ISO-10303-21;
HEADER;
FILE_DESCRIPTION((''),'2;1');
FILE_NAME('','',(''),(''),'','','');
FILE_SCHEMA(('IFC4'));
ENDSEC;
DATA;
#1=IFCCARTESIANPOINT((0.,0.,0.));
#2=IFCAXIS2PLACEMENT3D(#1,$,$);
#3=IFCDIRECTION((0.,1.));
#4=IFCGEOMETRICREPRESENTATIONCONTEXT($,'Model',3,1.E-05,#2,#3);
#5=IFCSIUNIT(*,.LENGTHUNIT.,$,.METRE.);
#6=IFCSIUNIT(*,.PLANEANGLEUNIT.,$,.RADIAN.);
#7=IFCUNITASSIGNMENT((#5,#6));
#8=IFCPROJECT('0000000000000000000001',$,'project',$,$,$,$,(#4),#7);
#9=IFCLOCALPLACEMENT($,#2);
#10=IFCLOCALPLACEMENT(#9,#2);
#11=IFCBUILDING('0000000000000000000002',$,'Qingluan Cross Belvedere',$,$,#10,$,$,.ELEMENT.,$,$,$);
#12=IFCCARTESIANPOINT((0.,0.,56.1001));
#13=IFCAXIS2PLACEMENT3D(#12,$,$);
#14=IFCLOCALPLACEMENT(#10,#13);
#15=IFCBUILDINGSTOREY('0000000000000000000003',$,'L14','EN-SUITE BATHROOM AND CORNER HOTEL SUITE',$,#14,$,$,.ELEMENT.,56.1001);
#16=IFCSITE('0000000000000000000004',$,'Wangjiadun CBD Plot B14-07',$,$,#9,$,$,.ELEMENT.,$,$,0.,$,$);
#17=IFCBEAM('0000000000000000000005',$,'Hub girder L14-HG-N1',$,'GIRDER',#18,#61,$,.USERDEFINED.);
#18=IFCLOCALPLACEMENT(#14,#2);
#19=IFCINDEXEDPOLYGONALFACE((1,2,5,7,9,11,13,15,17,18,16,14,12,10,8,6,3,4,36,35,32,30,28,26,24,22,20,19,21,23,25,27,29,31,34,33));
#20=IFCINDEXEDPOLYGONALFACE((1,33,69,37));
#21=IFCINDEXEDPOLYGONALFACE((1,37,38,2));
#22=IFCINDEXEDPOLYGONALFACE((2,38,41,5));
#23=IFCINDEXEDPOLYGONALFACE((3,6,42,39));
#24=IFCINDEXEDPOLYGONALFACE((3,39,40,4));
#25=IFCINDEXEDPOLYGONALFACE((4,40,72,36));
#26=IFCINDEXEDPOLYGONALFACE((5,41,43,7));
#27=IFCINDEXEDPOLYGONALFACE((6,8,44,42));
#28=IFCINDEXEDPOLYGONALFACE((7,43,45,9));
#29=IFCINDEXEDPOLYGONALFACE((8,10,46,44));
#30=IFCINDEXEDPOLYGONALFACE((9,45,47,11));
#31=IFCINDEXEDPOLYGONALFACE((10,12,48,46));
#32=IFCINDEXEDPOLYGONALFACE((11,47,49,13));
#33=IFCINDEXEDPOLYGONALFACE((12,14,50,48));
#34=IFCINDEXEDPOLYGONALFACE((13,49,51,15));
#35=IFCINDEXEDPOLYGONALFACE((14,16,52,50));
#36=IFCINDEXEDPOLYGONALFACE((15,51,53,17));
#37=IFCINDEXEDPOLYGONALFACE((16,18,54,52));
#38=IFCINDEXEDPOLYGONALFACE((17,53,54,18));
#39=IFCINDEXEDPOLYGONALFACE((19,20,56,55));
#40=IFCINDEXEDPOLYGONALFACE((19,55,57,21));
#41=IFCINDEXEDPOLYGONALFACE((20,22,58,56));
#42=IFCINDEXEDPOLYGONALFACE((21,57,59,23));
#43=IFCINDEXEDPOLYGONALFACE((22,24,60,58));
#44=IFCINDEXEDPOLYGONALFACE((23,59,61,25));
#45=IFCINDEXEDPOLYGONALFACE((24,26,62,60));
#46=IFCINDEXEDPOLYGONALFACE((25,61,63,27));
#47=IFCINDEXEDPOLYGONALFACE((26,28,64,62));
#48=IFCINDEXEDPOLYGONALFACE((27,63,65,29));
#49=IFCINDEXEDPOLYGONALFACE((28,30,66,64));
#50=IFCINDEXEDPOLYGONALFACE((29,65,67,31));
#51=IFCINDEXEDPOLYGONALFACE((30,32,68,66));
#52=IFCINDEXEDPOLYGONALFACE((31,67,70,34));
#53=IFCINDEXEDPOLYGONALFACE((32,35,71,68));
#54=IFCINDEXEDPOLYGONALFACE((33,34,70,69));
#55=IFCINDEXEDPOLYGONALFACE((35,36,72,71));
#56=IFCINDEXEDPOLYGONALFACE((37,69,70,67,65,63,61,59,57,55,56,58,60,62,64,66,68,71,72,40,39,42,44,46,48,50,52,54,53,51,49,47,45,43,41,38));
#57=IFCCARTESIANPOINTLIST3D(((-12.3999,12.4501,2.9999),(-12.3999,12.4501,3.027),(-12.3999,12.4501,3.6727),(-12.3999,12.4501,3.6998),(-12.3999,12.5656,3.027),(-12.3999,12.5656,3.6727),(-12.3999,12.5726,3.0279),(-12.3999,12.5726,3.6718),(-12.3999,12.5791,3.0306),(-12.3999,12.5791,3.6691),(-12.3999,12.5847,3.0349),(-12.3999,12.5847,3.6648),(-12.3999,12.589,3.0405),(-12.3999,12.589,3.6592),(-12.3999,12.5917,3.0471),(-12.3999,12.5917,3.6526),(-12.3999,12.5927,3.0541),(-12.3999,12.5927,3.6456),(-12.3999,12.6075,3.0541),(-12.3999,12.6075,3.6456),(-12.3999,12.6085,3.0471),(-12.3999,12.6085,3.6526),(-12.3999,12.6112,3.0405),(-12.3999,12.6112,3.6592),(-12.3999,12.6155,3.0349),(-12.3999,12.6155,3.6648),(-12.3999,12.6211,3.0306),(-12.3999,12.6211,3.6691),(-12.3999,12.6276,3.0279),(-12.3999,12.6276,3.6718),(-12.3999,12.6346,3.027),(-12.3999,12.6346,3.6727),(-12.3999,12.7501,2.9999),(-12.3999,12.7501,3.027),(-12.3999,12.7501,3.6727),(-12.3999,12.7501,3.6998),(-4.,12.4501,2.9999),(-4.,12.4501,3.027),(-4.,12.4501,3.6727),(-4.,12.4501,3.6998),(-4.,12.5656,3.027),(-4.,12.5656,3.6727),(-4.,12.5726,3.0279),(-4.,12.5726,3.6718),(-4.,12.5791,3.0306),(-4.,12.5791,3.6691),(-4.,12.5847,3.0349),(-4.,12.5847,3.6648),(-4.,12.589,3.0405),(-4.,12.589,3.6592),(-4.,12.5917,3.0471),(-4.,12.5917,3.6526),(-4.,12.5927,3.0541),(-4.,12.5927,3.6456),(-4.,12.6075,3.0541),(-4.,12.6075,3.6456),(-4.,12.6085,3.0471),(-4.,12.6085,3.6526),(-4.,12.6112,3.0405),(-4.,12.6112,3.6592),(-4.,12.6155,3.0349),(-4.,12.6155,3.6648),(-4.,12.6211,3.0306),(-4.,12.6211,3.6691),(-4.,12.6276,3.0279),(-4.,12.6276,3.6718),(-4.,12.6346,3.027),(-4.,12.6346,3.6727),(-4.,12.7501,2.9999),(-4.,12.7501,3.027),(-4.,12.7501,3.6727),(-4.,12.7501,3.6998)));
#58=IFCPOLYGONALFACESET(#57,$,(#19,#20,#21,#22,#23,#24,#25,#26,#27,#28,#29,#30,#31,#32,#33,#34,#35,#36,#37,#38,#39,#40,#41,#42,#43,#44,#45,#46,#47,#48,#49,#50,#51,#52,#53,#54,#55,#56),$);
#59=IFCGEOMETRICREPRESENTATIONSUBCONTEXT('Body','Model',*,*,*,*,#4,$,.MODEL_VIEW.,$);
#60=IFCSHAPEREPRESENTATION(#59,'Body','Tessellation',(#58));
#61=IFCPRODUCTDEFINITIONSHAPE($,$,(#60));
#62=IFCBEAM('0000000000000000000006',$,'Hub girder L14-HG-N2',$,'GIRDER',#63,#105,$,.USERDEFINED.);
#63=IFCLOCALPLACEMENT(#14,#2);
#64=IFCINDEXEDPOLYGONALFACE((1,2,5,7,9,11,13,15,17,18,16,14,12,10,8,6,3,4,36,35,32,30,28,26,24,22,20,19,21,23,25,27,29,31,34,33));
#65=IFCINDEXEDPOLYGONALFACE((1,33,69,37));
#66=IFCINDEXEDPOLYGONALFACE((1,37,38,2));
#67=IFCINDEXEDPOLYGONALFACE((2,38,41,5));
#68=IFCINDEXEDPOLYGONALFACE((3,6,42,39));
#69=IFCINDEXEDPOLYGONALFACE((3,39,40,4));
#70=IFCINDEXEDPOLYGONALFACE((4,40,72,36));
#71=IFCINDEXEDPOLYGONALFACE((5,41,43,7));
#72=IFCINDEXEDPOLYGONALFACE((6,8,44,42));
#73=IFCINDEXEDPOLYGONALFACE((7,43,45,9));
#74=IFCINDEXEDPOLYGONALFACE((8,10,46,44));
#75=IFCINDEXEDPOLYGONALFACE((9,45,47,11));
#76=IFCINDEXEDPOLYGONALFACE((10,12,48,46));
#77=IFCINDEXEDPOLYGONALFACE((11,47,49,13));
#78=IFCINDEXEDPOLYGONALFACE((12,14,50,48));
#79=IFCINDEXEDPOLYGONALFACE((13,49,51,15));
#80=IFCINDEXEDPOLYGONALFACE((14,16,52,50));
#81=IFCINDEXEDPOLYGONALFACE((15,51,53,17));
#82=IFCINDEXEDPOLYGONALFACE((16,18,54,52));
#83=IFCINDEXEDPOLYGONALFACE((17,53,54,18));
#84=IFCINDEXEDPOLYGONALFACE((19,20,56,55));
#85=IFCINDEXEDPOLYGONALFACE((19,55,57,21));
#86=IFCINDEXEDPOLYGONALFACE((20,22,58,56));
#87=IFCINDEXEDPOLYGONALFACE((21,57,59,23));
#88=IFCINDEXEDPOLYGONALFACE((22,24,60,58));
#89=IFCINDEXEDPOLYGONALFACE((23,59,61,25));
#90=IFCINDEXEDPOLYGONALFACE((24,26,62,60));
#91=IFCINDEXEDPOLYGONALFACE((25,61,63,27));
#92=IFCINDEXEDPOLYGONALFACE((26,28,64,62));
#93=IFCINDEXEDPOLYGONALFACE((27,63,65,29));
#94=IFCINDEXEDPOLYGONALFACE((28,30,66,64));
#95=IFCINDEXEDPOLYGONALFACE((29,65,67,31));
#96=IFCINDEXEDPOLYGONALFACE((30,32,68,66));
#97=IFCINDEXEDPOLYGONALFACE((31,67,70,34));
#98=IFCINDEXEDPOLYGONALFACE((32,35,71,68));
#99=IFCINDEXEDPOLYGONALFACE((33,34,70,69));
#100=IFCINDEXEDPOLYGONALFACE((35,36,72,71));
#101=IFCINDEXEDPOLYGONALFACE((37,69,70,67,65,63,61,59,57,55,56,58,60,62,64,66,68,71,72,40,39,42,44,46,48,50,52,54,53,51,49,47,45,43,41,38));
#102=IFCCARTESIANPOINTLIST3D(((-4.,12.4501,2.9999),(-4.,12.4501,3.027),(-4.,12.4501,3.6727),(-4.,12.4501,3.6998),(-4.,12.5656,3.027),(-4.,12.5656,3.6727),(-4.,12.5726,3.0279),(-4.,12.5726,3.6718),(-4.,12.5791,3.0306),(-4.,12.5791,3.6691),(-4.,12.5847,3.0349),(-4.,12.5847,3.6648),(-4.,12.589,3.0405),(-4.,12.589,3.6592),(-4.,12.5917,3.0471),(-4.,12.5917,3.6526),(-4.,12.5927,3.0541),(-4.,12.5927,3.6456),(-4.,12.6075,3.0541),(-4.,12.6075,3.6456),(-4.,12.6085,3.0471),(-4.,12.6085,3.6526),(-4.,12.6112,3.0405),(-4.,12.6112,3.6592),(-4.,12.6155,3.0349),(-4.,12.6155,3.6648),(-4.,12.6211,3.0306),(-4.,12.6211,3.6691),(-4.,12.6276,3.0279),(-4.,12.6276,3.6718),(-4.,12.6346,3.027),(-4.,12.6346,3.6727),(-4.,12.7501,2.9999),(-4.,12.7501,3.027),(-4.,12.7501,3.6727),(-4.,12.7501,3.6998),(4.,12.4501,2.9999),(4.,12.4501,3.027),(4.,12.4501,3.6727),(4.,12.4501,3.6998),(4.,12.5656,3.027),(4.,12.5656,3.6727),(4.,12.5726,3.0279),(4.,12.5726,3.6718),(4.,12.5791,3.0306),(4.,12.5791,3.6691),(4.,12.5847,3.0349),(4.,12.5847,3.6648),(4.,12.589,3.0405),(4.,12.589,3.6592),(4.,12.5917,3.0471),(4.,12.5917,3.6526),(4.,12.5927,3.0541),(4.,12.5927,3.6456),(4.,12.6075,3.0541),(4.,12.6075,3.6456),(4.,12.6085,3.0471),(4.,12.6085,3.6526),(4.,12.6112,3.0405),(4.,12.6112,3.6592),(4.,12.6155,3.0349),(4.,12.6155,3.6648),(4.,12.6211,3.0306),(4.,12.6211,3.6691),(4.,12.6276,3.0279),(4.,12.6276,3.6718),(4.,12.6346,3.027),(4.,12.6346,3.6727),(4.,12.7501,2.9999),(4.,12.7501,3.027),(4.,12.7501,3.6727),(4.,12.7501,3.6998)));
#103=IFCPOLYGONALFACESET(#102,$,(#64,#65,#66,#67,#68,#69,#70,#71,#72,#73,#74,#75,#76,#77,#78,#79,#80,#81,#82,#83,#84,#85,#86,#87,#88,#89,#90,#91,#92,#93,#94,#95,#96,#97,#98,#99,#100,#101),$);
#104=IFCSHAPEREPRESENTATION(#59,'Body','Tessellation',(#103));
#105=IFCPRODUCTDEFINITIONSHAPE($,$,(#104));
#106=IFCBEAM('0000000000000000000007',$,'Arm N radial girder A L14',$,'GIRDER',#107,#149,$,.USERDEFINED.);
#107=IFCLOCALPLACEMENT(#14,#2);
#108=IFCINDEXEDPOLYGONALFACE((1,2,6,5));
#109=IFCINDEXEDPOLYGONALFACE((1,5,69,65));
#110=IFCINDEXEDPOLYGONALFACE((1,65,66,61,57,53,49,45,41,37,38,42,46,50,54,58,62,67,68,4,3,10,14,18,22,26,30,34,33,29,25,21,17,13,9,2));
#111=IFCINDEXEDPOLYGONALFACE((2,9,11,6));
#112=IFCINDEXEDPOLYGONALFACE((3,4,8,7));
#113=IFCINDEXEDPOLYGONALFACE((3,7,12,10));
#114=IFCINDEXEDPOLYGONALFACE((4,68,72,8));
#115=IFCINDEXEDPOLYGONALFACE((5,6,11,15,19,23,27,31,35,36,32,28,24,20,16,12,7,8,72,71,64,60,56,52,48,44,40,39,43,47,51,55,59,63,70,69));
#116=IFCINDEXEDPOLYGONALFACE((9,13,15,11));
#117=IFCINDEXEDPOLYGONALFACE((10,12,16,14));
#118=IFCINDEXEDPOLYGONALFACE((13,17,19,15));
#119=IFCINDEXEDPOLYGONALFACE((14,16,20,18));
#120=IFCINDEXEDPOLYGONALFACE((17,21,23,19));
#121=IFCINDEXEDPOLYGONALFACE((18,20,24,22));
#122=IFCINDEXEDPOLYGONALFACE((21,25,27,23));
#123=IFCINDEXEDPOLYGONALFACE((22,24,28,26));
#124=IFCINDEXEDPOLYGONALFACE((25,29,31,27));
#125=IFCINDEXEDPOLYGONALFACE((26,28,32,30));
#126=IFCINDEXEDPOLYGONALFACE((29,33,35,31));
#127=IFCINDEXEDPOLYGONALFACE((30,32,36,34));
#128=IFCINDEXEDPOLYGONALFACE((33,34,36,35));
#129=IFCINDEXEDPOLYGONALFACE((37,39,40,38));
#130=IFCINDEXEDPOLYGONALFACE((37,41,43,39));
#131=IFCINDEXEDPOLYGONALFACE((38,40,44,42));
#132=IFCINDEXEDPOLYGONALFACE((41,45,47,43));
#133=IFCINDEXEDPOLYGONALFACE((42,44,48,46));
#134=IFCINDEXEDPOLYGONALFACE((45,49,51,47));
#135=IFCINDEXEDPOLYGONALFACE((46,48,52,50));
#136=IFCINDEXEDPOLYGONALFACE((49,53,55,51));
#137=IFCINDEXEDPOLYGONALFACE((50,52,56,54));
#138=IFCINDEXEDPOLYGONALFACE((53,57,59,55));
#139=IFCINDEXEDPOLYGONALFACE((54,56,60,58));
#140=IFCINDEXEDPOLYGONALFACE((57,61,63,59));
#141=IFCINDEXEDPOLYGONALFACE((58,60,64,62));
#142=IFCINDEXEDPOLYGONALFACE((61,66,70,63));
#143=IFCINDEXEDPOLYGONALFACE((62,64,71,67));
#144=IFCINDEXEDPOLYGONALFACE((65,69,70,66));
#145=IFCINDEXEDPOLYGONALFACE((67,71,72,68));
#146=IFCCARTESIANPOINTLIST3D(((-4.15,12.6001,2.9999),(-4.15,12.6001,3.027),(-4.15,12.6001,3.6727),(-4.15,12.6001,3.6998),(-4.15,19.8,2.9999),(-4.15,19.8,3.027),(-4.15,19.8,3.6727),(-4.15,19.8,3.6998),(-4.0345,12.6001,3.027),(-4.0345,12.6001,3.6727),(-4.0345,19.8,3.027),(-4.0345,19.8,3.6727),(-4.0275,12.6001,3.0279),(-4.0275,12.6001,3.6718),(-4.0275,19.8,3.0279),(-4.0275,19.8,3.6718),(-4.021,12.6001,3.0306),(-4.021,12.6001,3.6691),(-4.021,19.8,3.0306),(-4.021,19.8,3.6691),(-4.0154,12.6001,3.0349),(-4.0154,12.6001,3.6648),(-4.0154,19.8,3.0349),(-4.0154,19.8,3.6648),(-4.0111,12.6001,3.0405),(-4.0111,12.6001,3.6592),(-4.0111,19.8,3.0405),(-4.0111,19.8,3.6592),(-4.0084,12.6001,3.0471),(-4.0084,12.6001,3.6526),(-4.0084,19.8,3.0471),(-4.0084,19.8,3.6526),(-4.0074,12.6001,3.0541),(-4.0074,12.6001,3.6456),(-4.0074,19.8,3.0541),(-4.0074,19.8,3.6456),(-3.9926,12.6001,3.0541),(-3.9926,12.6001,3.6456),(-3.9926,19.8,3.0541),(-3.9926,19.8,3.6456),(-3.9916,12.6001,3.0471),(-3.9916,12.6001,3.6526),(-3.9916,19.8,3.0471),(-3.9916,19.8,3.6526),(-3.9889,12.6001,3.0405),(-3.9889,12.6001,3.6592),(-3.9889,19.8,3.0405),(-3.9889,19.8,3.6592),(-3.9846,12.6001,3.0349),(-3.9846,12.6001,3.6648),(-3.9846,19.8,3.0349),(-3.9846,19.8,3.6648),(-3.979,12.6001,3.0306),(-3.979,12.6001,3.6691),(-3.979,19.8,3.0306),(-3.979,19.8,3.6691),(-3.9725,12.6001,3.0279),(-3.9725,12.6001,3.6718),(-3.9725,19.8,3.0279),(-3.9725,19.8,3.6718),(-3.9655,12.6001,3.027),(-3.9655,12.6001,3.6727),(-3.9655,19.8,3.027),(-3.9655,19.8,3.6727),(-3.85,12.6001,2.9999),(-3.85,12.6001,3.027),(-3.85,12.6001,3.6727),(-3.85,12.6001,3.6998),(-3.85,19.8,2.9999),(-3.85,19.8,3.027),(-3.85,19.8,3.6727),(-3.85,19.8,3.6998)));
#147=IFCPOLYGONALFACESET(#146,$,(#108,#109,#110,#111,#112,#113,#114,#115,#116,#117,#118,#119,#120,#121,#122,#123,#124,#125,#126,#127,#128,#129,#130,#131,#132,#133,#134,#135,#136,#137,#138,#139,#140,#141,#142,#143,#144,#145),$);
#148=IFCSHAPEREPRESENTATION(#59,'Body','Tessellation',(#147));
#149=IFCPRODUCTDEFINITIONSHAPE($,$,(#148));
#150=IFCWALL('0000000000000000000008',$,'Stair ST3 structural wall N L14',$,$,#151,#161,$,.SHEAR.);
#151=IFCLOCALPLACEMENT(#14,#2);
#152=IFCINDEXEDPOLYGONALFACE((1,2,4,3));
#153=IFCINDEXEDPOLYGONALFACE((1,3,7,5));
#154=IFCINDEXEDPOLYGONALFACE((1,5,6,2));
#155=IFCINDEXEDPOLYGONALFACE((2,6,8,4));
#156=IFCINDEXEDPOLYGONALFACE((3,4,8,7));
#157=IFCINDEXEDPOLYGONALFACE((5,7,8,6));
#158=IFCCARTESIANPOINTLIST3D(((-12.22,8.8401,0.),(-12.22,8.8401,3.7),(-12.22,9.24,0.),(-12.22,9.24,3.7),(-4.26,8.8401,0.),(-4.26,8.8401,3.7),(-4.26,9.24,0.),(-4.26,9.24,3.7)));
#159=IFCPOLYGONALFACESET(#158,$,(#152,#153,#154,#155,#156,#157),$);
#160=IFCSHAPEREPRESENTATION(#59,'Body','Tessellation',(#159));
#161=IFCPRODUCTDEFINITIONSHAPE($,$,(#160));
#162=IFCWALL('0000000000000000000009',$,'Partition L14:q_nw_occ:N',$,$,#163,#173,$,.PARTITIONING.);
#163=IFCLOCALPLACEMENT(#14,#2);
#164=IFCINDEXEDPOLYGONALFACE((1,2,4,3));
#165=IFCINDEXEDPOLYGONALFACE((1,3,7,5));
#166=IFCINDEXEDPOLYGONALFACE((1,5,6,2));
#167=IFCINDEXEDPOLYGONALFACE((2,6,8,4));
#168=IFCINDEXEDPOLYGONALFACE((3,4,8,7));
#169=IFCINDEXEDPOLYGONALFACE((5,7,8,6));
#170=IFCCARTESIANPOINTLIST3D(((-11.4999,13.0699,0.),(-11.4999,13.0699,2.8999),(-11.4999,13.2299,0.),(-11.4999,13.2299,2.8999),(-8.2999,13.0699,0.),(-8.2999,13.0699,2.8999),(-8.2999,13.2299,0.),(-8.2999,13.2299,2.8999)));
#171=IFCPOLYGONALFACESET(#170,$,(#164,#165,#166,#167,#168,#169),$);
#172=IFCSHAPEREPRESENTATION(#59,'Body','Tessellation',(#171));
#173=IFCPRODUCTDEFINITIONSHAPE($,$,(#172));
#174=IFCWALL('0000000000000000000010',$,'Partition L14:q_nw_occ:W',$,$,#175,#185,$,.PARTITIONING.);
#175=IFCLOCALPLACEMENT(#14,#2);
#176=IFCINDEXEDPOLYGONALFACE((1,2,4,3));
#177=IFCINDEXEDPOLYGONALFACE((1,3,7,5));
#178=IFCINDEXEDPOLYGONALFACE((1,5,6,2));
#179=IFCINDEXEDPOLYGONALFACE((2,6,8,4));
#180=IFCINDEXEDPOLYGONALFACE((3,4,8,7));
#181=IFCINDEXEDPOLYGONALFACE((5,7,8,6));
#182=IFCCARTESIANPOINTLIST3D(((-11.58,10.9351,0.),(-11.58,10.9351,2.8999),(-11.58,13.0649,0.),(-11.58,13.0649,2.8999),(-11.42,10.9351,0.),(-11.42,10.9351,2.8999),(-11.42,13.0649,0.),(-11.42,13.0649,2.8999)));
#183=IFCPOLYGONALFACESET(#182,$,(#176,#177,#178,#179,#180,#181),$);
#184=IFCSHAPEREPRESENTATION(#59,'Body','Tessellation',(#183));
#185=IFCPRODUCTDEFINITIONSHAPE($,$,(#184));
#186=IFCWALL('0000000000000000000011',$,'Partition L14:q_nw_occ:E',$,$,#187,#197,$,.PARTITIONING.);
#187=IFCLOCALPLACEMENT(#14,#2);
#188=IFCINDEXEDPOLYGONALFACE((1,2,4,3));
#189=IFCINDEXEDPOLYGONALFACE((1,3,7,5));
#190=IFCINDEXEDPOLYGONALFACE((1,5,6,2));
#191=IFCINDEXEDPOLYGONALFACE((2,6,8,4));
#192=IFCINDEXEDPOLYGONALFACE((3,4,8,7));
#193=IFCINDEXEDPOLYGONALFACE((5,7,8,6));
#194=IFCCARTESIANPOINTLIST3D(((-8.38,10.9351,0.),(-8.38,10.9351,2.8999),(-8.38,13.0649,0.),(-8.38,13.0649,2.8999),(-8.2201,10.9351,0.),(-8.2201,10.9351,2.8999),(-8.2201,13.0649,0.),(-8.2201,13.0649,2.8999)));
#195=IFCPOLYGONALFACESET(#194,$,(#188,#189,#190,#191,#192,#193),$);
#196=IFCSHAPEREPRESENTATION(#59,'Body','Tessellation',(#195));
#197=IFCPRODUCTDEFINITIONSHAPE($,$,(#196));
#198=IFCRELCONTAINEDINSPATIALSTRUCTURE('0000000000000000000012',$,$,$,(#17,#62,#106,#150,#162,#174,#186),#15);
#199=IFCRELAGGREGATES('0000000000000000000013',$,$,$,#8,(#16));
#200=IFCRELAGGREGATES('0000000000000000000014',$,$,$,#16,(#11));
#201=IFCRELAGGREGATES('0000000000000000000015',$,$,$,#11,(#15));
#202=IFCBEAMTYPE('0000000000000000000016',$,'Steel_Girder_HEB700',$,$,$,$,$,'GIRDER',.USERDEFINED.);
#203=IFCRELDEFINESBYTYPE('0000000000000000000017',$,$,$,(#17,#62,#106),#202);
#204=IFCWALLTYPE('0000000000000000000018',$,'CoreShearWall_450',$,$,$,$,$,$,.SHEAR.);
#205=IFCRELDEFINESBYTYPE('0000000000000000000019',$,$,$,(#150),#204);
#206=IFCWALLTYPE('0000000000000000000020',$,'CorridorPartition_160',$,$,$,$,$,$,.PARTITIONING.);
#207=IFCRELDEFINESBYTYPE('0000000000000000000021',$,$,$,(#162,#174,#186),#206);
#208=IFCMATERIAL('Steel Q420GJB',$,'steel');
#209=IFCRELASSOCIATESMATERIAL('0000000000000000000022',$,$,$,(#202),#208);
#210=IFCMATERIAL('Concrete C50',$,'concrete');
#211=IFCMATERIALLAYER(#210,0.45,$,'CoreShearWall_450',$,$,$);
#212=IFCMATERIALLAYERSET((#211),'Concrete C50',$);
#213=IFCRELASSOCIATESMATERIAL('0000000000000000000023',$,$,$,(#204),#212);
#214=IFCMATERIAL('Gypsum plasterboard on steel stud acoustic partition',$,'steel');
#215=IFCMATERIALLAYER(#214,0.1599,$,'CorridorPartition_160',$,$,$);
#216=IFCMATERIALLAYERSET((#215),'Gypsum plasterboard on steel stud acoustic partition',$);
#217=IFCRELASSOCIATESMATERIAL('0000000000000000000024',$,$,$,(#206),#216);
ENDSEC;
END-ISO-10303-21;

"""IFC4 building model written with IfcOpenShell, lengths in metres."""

from ifc_helpers import new_model, si_unit, direction, frame, frame_2d, origin, origin_2d, place, context, subcontext, project, spatial, rectangle, i_section, extrude, material, layer, layer_set, material_profile, profile_set, type_object, element, save


model = new_model("IFC4")

# Units and contexts
model_context = context("Model", 3, precision=1e-05, world=origin(), true_north=direction((0.0, 1.0)))
body_context = subcontext(model_context, "Body", "Model", "MODEL_VIEW")
ifc_project = project(units=[si_unit("LENGTHUNIT", "METRE"), si_unit("PLANEANGLEUNIT", "RADIAN")], contexts=[model_context])

# Site, building, storey
site_placement = place(None, origin())
site = spatial("IfcSite", under=ifc_project, at=site_placement, Name="Wangjiadun CBD Plot B14-07", CompositionType="ELEMENT", RefElevation=0.0)
building_placement = place(site_placement, origin())
building = spatial("IfcBuilding", under=site, at=building_placement, Name="Qingluan Cross Belvedere", CompositionType="ELEMENT")
storey_placement = place(building_placement, frame((0.0, 0.0, 56.1001)))
storey = spatial("IfcBuildingStorey", under=building, at=storey_placement, Name="L14", Description="EN-SUITE BATHROOM AND CORNER HOTEL SUITE", CompositionType="ELEMENT", Elevation=56.1001)

# Beams
ifc_material_1 = material(Name="Steel Q420GJB", Category="steel")
ifc_material_profile_1 = material_profile(ifc_material_1, i_section(OverallWidth=0.3, OverallDepth=0.7, WebThickness=0.0149, FlangeThickness=0.0271, FilletRadius=0.0271, at=origin_2d()), Name="HEB700")
ifc_profile_set_1 = profile_set([ifc_material_profile_1], Name="Steel Q420GJB")
beam_type_1 = type_object("IfcBeamType", Name="Steel_Girder_HEB700", ElementType="GIRDER", PredefinedType="USERDEFINED", material=ifc_profile_set_1)
beam_1_placement = place(storey_placement, frame((-12.3999, 12.6001, 3.3499), z_axis=(1.0, 0.0, 0.0), x_axis=(0.0, 1.0, 0.0)))
element("IfcBeam", 1, at=beam_1_placement, inside=storey, type_object=beam_type_1, Name="Hub girder L14-HG-N1", ObjectType="GIRDER", PredefinedType="USERDEFINED", context=body_context, shape_type="SweptSolid", body=[
    extrude(i_section(OverallWidth=0.3, OverallDepth=0.7, WebThickness=0.0149, FlangeThickness=0.0271, FilletRadius=0.0271, at=origin_2d()), origin(), (0.0, 0.0, 1.0), 8.3999),
])
beam_2_placement = place(storey_placement, frame((-4.0, 12.6001, 3.3499), z_axis=(1.0, 0.0, 0.0), x_axis=(0.0, 1.0, 0.0)))
element("IfcBeam", 2, at=beam_2_placement, inside=storey, type_object=beam_type_1, Name="Hub girder L14-HG-N2", ObjectType="GIRDER", PredefinedType="USERDEFINED", context=body_context, shape_type="SweptSolid", body=[
    extrude(i_section(OverallWidth=0.3, OverallDepth=0.7, WebThickness=0.0149, FlangeThickness=0.0271, FilletRadius=0.0271, at=origin_2d()), origin(), (0.0, 0.0, 1.0), 8.0),
])
beam_3_placement = place(storey_placement, frame((-4.0, 12.6001, 3.3499), z_axis=(0.0, 1.0, 0.0), x_axis=(-1.0, 0.0, 0.0)))
element("IfcBeam", 3, at=beam_3_placement, inside=storey, type_object=beam_type_1, Name="Arm N radial girder A L14", ObjectType="GIRDER", PredefinedType="USERDEFINED", context=body_context, shape_type="SweptSolid", body=[
    extrude(i_section(OverallWidth=0.3, OverallDepth=0.7, WebThickness=0.0149, FlangeThickness=0.0271, FilletRadius=0.0271, at=origin_2d()), origin(), (0.0, 0.0, 1.0), 7.2),
])

# Wall
ifc_material_2 = material(Name="Concrete C50", Category="concrete")
ifc_layer_1 = layer(ifc_material_2, 0.45, Name="CoreShearWall_450")
ifc_layer_set_1 = layer_set([ifc_layer_1], Name="Concrete C50")
wall_type_1 = type_object("IfcWallType", Name="CoreShearWall_450", PredefinedType="SHEAR", material=ifc_layer_set_1)
wall_1_placement = place(storey_placement, frame((-12.22, 9.04, 0.0), z_axis=(0.0, 0.0, 1.0), x_axis=(1.0, 0.0, 0.0)))
element("IfcWall", 4, at=wall_1_placement, inside=storey, type_object=wall_type_1, Name="Stair ST3 structural wall N L14", PredefinedType="SHEAR", context=body_context, shape_type="SweptSolid", body=[
    extrude(rectangle(XDim=7.96, YDim=0.3999, at=frame_2d((3.98, 0.0))), origin(), (0.0, 0.0, 1.0), 3.7),
])

# Shared definitions
ifc_material_3 = material(Name="Gypsum plasterboard on steel stud acoustic partition", Category="steel")
ifc_layer_2 = layer(ifc_material_3, 0.1599, Name="CorridorPartition_160")
ifc_layer_set_2 = layer_set([ifc_layer_2], Name="Gypsum plasterboard on steel stud acoustic partition")
wall_type_2 = type_object("IfcWallType", Name="CorridorPartition_160", PredefinedType="PARTITIONING", material=ifc_layer_set_2)

# Walls
wall_2_placement = place(storey_placement, frame((-11.5, 13.1499, 0.0), z_axis=(0.0, 0.0, 1.0), x_axis=(1.0, 0.0, 0.0)))
element("IfcWall", 5, at=wall_2_placement, inside=storey, type_object=wall_type_2, Name="Partition L14:q_nw_occ:N", PredefinedType="PARTITIONING", context=body_context, shape_type="SweptSolid", body=[
    extrude(rectangle(XDim=3.2, YDim=0.1599, at=frame_2d((1.6001, 0.0))), origin(), (0.0, 0.0, 1.0), 2.8999),
])
for number, where, z_axis, x_axis, name in (
    (6, (-11.5, 10.9351, 0.0), (0.0, 0.0, 1.0), (0.0, 1.0, 0.0), "Partition L14:q_nw_occ:W"),
    (7, (-8.3, 10.9351, 0.0), (0.0, 0.0, 1.0), (0.0, 1.0, 0.0), "Partition L14:q_nw_occ:E"),
):
    element("IfcWall", number, at=place(storey_placement, frame(where, z_axis=z_axis, x_axis=x_axis)), inside=storey, type_object=wall_type_2, Name=name, PredefinedType="PARTITIONING", context=body_context, shape_type="SweptSolid", body=[
        extrude(rectangle(XDim=2.1299, YDim=0.1599, at=frame_2d((1.0649, 0.0))), origin(), (0.0, 0.0, 1.0), 2.8999),
    ])

save(model, "model.ifc")
